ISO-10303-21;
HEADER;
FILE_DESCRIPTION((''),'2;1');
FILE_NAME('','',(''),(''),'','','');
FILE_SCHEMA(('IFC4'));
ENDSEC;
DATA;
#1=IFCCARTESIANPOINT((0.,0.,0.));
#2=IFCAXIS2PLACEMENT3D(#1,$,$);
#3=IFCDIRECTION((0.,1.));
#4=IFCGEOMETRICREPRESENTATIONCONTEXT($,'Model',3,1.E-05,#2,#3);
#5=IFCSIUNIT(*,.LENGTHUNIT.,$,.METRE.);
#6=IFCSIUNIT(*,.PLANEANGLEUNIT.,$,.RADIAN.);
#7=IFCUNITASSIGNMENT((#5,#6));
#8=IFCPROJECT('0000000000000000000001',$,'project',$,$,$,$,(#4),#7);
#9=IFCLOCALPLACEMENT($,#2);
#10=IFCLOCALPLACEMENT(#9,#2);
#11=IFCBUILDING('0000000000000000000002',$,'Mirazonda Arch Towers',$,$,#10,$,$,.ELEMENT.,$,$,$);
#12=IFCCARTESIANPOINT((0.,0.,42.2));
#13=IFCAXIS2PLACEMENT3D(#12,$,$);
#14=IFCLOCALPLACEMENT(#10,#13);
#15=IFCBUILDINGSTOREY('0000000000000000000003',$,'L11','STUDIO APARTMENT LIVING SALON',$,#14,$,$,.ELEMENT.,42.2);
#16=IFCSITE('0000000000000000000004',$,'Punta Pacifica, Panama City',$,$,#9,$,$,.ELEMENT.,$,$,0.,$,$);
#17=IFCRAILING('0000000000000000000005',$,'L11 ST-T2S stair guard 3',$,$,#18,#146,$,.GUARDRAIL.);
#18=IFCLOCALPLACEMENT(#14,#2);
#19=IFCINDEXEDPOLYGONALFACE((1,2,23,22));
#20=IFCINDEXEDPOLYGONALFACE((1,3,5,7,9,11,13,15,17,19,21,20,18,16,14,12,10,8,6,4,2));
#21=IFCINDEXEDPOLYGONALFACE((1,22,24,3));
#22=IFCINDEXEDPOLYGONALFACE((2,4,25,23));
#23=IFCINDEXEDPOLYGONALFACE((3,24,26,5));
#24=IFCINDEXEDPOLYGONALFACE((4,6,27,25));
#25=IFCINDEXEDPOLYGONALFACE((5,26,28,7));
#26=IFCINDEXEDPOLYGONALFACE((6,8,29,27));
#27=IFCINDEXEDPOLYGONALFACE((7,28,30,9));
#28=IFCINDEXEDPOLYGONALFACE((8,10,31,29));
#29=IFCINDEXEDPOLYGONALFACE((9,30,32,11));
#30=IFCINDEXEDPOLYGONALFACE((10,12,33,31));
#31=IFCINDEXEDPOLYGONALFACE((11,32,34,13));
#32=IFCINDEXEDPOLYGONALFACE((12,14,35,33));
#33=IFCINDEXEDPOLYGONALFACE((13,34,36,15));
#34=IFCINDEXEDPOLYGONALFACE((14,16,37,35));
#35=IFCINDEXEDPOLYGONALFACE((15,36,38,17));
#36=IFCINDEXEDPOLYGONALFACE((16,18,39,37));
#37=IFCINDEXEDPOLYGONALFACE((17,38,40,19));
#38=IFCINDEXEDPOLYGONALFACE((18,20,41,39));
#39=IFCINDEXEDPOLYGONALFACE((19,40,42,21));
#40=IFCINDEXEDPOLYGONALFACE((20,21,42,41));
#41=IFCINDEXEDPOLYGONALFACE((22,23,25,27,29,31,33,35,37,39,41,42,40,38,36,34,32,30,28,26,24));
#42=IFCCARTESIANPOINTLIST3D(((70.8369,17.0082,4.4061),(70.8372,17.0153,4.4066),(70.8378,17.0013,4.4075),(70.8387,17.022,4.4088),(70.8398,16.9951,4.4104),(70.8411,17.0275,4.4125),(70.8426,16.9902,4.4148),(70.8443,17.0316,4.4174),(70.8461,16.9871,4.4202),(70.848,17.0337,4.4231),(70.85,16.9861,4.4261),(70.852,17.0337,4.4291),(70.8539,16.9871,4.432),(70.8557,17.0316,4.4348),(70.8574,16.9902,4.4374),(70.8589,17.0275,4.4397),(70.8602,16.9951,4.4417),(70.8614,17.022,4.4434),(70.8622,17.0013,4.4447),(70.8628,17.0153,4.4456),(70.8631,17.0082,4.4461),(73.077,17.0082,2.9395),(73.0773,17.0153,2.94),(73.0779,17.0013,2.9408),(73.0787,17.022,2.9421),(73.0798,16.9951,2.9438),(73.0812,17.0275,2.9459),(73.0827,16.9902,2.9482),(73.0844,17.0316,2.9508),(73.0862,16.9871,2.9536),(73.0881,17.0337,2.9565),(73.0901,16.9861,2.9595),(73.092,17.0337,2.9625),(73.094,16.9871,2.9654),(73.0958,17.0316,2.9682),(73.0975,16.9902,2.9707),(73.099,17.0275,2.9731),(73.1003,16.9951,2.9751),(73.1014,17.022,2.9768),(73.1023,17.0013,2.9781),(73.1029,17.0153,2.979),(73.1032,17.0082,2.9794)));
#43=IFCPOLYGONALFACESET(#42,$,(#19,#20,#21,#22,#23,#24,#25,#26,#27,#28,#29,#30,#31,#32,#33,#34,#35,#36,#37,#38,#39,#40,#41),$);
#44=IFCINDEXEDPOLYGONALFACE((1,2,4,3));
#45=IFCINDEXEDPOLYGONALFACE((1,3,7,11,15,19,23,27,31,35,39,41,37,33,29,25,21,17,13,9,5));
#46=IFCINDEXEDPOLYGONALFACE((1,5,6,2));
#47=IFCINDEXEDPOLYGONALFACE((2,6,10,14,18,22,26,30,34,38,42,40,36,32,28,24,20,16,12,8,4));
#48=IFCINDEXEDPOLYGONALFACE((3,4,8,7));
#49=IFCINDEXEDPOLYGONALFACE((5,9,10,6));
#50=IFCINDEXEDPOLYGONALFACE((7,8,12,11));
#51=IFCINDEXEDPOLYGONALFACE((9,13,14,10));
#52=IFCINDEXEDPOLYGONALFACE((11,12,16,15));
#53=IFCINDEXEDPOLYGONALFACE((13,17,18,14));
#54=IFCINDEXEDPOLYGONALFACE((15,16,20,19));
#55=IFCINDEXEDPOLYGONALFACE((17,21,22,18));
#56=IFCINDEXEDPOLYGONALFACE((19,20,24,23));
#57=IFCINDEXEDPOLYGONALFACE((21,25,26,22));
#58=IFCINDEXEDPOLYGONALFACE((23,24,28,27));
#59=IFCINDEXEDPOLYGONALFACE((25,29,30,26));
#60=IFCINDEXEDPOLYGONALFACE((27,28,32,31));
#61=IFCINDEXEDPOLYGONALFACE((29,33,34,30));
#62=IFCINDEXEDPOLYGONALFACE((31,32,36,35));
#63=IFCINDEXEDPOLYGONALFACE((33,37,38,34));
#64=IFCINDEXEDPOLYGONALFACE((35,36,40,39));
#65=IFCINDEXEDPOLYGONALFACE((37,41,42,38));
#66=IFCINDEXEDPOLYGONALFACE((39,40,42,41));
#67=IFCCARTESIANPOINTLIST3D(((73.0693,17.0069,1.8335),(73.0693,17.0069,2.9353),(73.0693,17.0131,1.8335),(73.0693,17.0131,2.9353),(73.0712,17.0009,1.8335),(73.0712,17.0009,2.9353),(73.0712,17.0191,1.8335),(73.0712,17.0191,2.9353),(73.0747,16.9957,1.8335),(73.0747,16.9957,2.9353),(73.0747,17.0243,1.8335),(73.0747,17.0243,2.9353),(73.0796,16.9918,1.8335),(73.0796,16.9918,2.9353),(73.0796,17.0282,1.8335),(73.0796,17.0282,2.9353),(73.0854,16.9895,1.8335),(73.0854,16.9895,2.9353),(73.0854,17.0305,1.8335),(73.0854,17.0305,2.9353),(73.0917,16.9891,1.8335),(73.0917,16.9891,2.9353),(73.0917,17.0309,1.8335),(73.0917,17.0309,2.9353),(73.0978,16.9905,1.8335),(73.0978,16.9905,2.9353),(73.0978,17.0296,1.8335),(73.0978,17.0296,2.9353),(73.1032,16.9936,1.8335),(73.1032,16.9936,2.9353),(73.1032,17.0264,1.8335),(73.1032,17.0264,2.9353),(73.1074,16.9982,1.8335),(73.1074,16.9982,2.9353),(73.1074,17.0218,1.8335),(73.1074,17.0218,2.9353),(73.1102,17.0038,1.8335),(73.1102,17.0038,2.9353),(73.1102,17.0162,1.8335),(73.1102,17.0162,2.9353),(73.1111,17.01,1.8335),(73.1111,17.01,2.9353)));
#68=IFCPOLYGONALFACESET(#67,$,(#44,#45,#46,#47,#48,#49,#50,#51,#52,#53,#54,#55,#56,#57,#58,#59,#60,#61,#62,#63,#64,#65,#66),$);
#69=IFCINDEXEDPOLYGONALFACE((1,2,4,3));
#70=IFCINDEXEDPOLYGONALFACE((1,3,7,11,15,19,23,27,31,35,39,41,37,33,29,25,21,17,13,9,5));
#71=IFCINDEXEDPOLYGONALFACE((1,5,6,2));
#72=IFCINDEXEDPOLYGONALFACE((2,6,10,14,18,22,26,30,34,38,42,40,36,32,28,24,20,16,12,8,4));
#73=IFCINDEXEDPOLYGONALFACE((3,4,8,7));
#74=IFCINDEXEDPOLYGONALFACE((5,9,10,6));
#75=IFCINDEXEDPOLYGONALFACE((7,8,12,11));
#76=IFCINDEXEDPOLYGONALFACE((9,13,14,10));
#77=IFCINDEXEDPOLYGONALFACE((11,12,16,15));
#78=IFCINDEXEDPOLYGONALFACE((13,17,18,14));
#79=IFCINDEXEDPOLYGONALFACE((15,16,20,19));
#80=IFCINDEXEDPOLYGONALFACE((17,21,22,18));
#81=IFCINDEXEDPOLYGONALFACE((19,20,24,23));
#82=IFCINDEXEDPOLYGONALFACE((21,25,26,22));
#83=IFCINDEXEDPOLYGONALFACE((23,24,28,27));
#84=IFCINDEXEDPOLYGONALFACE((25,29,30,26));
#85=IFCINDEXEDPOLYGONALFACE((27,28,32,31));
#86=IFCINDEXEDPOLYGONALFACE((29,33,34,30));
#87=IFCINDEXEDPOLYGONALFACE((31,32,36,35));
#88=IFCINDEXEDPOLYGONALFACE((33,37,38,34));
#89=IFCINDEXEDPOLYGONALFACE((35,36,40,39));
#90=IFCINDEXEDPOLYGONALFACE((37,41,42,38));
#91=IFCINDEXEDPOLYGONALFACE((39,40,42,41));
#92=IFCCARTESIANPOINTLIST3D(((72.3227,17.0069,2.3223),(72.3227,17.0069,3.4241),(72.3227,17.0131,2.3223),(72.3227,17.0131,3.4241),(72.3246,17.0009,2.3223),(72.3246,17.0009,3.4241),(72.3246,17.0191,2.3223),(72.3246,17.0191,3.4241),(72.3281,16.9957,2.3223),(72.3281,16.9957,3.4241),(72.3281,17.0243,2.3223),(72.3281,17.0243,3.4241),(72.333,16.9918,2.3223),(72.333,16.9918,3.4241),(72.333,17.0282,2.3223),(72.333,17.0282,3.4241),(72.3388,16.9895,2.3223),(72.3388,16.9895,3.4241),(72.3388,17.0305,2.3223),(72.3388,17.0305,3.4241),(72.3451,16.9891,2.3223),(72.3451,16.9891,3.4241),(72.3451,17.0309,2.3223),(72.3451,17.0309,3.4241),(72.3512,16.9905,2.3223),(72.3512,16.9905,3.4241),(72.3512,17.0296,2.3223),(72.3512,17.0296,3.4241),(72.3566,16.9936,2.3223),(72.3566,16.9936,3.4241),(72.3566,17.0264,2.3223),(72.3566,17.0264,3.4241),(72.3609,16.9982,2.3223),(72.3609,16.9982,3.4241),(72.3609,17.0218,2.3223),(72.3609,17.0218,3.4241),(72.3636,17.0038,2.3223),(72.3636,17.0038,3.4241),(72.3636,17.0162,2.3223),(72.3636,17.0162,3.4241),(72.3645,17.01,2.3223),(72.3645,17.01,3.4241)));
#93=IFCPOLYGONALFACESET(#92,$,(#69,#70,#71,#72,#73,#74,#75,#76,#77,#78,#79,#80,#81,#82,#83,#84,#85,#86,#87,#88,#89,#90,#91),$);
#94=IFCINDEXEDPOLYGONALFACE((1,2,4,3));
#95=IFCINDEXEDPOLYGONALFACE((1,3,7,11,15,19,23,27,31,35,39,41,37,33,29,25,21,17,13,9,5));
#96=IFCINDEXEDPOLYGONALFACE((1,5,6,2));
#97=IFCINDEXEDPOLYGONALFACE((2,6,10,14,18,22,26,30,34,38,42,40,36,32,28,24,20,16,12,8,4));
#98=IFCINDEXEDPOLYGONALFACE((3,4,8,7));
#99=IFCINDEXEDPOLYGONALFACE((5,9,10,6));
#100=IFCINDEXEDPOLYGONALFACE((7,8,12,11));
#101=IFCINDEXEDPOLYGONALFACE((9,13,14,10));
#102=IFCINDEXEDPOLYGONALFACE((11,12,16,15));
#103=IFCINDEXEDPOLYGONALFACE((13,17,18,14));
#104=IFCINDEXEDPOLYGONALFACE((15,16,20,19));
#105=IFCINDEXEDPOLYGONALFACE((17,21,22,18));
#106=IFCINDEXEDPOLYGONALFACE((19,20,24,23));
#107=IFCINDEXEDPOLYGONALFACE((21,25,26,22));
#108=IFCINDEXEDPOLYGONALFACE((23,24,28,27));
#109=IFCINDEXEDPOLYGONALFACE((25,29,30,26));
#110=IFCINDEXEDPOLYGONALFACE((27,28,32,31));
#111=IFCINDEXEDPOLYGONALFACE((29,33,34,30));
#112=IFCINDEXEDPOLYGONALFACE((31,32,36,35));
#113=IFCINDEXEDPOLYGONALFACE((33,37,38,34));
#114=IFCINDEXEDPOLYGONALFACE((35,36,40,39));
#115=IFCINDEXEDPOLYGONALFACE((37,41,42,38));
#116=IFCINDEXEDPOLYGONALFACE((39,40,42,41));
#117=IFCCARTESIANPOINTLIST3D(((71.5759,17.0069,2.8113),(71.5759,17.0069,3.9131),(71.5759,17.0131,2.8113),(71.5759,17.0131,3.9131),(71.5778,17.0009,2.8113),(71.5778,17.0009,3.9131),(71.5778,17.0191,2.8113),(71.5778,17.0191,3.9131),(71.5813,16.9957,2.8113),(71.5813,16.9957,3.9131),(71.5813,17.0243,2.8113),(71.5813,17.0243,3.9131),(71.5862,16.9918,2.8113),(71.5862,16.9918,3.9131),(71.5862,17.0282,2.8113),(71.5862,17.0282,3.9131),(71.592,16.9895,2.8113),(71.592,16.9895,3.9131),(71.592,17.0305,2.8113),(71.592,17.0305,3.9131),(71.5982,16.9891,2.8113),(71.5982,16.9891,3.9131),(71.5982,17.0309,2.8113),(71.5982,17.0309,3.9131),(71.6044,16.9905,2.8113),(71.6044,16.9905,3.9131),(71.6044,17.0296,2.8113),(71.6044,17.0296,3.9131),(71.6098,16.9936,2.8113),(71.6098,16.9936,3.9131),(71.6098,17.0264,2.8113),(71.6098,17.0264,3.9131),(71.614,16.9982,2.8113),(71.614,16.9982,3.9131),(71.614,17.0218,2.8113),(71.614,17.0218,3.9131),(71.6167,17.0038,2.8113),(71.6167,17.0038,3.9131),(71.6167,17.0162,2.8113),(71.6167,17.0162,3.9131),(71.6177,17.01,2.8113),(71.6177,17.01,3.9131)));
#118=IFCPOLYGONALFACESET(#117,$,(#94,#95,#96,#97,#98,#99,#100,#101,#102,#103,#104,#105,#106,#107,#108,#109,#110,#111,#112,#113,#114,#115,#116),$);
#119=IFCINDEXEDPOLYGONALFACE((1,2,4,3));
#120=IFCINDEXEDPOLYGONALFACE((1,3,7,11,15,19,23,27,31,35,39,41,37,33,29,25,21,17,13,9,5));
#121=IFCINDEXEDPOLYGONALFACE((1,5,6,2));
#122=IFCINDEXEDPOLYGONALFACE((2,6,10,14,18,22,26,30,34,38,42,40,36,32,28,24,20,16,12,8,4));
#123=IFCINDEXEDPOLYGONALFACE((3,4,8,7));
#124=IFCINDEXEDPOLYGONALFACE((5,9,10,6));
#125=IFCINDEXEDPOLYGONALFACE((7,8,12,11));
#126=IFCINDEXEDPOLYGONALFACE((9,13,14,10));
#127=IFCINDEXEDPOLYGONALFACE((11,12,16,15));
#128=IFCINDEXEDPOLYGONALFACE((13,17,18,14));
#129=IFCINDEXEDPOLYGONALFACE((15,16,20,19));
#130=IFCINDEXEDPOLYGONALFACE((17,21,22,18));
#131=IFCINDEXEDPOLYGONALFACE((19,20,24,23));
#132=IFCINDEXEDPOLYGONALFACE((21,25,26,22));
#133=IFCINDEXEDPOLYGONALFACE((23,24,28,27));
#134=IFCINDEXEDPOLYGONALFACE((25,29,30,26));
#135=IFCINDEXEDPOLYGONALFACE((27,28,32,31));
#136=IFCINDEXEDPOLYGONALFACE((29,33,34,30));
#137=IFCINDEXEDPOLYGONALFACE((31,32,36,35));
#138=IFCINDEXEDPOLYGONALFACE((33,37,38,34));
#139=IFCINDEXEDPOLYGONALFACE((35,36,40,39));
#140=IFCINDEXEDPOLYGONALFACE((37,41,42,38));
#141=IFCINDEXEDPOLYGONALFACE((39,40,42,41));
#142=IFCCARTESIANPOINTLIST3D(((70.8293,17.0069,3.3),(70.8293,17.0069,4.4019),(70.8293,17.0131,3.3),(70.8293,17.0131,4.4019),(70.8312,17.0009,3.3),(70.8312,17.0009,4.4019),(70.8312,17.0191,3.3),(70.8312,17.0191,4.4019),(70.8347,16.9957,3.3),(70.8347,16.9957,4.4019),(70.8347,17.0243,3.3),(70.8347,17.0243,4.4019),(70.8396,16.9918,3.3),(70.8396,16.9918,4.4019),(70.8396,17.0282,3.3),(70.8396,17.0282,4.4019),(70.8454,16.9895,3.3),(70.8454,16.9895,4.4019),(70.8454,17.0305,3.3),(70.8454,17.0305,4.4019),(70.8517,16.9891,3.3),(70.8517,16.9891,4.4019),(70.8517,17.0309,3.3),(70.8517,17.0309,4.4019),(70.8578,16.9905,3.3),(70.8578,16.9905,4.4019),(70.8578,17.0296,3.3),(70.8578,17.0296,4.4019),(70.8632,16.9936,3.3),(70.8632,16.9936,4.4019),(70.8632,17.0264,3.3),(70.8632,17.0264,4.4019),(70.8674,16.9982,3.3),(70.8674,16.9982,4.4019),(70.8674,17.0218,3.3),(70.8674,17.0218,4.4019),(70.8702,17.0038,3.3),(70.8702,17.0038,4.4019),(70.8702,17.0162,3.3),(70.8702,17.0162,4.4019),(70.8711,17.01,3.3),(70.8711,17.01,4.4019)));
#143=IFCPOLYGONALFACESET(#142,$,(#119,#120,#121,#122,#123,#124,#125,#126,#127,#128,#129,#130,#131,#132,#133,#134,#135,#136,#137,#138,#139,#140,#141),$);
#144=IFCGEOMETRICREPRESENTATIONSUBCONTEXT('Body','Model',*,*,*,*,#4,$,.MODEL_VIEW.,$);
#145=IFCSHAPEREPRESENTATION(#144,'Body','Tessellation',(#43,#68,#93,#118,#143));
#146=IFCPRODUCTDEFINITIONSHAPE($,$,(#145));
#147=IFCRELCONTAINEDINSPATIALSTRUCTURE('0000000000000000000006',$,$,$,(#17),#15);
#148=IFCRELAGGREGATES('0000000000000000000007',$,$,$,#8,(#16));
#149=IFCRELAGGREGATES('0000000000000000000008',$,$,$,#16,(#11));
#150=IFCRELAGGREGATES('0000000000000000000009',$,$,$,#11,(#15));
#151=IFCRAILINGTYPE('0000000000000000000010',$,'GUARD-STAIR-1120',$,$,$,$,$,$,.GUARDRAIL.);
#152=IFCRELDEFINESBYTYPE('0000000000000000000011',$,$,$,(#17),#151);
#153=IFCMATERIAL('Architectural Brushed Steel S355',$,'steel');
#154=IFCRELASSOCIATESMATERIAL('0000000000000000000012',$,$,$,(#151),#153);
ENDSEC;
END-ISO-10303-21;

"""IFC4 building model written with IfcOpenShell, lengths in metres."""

from ifc_helpers import new_model, si_unit, direction, frame, origin, origin_2d, place, context, subcontext, project, spatial, circle, extrude, material, type_object, element, save


model = new_model("IFC4")

# Units and contexts
model_context = context("Model", 3, precision=1e-05, world=origin(), true_north=direction((0.0, 1.0)))
body_context = subcontext(model_context, "Body", "Model", "MODEL_VIEW")
ifc_project = project(units=[si_unit("LENGTHUNIT", "METRE"), si_unit("PLANEANGLEUNIT", "RADIAN")], contexts=[model_context])

# Site, building, storey
site_placement = place(None, origin())
site = spatial("IfcSite", under=ifc_project, at=site_placement, Name="Punta Pacifica, Panama City", CompositionType="ELEMENT", RefElevation=0.0)
building_placement = place(site_placement, origin())
building = spatial("IfcBuilding", under=site, at=building_placement, Name="Mirazonda Arch Towers", CompositionType="ELEMENT")
storey_placement = place(building_placement, frame((0.0, 0.0, 42.2)))
storey = spatial("IfcBuildingStorey", under=building, at=storey_placement, Name="L11", Description="STUDIO APARTMENT LIVING SALON", CompositionType="ELEMENT", Elevation=42.2)

# Railing
ifc_material_1 = material(Name="Architectural Brushed Steel S355", Category="steel")
railing_type_1 = type_object("IfcRailingType", Name="GUARD-STAIR-1120", PredefinedType="GUARDRAIL", material=ifc_material_1)
railing_1_placement = place(storey_placement, frame((73.0901, 17.01, 1.8335)))
element("IfcRailing", 1, at=railing_1_placement, inside=storey, type_object=railing_type_1, Name="L11 ST-T2S stair guard 3", PredefinedType="GUARDRAIL", context=body_context, shape_type="SweptSolid", body=[
    extrude(circle(Radius=0.0239, at=origin_2d()), frame((0.0, 0.0, 1.126), z_axis=(-0.836637, 0.0, 0.547758), x_axis=(0.0, -1.0, 0.0)), (0.0, 0.0, 1.0), 2.6775),
    extrude(circle(Radius=0.021, at=origin_2d()), origin(), (0.0, 0.0, 1.0), 1.1018),
    extrude(circle(Radius=0.021, at=origin_2d()), frame((-0.7466, 0.0, 0.4888)), (0.0, 0.0, 1.0), 1.1018),
    extrude(circle(Radius=0.021, at=origin_2d()), frame((-1.4934, 0.0, 0.9778)), (0.0, 0.0, 1.0), 1.1018),
    extrude(circle(Radius=0.021, at=origin_2d()), frame((-2.24, 0.0, 1.4666)), (0.0, 0.0, 1.0), 1.1018),
])

save(model, "model.ifc")
